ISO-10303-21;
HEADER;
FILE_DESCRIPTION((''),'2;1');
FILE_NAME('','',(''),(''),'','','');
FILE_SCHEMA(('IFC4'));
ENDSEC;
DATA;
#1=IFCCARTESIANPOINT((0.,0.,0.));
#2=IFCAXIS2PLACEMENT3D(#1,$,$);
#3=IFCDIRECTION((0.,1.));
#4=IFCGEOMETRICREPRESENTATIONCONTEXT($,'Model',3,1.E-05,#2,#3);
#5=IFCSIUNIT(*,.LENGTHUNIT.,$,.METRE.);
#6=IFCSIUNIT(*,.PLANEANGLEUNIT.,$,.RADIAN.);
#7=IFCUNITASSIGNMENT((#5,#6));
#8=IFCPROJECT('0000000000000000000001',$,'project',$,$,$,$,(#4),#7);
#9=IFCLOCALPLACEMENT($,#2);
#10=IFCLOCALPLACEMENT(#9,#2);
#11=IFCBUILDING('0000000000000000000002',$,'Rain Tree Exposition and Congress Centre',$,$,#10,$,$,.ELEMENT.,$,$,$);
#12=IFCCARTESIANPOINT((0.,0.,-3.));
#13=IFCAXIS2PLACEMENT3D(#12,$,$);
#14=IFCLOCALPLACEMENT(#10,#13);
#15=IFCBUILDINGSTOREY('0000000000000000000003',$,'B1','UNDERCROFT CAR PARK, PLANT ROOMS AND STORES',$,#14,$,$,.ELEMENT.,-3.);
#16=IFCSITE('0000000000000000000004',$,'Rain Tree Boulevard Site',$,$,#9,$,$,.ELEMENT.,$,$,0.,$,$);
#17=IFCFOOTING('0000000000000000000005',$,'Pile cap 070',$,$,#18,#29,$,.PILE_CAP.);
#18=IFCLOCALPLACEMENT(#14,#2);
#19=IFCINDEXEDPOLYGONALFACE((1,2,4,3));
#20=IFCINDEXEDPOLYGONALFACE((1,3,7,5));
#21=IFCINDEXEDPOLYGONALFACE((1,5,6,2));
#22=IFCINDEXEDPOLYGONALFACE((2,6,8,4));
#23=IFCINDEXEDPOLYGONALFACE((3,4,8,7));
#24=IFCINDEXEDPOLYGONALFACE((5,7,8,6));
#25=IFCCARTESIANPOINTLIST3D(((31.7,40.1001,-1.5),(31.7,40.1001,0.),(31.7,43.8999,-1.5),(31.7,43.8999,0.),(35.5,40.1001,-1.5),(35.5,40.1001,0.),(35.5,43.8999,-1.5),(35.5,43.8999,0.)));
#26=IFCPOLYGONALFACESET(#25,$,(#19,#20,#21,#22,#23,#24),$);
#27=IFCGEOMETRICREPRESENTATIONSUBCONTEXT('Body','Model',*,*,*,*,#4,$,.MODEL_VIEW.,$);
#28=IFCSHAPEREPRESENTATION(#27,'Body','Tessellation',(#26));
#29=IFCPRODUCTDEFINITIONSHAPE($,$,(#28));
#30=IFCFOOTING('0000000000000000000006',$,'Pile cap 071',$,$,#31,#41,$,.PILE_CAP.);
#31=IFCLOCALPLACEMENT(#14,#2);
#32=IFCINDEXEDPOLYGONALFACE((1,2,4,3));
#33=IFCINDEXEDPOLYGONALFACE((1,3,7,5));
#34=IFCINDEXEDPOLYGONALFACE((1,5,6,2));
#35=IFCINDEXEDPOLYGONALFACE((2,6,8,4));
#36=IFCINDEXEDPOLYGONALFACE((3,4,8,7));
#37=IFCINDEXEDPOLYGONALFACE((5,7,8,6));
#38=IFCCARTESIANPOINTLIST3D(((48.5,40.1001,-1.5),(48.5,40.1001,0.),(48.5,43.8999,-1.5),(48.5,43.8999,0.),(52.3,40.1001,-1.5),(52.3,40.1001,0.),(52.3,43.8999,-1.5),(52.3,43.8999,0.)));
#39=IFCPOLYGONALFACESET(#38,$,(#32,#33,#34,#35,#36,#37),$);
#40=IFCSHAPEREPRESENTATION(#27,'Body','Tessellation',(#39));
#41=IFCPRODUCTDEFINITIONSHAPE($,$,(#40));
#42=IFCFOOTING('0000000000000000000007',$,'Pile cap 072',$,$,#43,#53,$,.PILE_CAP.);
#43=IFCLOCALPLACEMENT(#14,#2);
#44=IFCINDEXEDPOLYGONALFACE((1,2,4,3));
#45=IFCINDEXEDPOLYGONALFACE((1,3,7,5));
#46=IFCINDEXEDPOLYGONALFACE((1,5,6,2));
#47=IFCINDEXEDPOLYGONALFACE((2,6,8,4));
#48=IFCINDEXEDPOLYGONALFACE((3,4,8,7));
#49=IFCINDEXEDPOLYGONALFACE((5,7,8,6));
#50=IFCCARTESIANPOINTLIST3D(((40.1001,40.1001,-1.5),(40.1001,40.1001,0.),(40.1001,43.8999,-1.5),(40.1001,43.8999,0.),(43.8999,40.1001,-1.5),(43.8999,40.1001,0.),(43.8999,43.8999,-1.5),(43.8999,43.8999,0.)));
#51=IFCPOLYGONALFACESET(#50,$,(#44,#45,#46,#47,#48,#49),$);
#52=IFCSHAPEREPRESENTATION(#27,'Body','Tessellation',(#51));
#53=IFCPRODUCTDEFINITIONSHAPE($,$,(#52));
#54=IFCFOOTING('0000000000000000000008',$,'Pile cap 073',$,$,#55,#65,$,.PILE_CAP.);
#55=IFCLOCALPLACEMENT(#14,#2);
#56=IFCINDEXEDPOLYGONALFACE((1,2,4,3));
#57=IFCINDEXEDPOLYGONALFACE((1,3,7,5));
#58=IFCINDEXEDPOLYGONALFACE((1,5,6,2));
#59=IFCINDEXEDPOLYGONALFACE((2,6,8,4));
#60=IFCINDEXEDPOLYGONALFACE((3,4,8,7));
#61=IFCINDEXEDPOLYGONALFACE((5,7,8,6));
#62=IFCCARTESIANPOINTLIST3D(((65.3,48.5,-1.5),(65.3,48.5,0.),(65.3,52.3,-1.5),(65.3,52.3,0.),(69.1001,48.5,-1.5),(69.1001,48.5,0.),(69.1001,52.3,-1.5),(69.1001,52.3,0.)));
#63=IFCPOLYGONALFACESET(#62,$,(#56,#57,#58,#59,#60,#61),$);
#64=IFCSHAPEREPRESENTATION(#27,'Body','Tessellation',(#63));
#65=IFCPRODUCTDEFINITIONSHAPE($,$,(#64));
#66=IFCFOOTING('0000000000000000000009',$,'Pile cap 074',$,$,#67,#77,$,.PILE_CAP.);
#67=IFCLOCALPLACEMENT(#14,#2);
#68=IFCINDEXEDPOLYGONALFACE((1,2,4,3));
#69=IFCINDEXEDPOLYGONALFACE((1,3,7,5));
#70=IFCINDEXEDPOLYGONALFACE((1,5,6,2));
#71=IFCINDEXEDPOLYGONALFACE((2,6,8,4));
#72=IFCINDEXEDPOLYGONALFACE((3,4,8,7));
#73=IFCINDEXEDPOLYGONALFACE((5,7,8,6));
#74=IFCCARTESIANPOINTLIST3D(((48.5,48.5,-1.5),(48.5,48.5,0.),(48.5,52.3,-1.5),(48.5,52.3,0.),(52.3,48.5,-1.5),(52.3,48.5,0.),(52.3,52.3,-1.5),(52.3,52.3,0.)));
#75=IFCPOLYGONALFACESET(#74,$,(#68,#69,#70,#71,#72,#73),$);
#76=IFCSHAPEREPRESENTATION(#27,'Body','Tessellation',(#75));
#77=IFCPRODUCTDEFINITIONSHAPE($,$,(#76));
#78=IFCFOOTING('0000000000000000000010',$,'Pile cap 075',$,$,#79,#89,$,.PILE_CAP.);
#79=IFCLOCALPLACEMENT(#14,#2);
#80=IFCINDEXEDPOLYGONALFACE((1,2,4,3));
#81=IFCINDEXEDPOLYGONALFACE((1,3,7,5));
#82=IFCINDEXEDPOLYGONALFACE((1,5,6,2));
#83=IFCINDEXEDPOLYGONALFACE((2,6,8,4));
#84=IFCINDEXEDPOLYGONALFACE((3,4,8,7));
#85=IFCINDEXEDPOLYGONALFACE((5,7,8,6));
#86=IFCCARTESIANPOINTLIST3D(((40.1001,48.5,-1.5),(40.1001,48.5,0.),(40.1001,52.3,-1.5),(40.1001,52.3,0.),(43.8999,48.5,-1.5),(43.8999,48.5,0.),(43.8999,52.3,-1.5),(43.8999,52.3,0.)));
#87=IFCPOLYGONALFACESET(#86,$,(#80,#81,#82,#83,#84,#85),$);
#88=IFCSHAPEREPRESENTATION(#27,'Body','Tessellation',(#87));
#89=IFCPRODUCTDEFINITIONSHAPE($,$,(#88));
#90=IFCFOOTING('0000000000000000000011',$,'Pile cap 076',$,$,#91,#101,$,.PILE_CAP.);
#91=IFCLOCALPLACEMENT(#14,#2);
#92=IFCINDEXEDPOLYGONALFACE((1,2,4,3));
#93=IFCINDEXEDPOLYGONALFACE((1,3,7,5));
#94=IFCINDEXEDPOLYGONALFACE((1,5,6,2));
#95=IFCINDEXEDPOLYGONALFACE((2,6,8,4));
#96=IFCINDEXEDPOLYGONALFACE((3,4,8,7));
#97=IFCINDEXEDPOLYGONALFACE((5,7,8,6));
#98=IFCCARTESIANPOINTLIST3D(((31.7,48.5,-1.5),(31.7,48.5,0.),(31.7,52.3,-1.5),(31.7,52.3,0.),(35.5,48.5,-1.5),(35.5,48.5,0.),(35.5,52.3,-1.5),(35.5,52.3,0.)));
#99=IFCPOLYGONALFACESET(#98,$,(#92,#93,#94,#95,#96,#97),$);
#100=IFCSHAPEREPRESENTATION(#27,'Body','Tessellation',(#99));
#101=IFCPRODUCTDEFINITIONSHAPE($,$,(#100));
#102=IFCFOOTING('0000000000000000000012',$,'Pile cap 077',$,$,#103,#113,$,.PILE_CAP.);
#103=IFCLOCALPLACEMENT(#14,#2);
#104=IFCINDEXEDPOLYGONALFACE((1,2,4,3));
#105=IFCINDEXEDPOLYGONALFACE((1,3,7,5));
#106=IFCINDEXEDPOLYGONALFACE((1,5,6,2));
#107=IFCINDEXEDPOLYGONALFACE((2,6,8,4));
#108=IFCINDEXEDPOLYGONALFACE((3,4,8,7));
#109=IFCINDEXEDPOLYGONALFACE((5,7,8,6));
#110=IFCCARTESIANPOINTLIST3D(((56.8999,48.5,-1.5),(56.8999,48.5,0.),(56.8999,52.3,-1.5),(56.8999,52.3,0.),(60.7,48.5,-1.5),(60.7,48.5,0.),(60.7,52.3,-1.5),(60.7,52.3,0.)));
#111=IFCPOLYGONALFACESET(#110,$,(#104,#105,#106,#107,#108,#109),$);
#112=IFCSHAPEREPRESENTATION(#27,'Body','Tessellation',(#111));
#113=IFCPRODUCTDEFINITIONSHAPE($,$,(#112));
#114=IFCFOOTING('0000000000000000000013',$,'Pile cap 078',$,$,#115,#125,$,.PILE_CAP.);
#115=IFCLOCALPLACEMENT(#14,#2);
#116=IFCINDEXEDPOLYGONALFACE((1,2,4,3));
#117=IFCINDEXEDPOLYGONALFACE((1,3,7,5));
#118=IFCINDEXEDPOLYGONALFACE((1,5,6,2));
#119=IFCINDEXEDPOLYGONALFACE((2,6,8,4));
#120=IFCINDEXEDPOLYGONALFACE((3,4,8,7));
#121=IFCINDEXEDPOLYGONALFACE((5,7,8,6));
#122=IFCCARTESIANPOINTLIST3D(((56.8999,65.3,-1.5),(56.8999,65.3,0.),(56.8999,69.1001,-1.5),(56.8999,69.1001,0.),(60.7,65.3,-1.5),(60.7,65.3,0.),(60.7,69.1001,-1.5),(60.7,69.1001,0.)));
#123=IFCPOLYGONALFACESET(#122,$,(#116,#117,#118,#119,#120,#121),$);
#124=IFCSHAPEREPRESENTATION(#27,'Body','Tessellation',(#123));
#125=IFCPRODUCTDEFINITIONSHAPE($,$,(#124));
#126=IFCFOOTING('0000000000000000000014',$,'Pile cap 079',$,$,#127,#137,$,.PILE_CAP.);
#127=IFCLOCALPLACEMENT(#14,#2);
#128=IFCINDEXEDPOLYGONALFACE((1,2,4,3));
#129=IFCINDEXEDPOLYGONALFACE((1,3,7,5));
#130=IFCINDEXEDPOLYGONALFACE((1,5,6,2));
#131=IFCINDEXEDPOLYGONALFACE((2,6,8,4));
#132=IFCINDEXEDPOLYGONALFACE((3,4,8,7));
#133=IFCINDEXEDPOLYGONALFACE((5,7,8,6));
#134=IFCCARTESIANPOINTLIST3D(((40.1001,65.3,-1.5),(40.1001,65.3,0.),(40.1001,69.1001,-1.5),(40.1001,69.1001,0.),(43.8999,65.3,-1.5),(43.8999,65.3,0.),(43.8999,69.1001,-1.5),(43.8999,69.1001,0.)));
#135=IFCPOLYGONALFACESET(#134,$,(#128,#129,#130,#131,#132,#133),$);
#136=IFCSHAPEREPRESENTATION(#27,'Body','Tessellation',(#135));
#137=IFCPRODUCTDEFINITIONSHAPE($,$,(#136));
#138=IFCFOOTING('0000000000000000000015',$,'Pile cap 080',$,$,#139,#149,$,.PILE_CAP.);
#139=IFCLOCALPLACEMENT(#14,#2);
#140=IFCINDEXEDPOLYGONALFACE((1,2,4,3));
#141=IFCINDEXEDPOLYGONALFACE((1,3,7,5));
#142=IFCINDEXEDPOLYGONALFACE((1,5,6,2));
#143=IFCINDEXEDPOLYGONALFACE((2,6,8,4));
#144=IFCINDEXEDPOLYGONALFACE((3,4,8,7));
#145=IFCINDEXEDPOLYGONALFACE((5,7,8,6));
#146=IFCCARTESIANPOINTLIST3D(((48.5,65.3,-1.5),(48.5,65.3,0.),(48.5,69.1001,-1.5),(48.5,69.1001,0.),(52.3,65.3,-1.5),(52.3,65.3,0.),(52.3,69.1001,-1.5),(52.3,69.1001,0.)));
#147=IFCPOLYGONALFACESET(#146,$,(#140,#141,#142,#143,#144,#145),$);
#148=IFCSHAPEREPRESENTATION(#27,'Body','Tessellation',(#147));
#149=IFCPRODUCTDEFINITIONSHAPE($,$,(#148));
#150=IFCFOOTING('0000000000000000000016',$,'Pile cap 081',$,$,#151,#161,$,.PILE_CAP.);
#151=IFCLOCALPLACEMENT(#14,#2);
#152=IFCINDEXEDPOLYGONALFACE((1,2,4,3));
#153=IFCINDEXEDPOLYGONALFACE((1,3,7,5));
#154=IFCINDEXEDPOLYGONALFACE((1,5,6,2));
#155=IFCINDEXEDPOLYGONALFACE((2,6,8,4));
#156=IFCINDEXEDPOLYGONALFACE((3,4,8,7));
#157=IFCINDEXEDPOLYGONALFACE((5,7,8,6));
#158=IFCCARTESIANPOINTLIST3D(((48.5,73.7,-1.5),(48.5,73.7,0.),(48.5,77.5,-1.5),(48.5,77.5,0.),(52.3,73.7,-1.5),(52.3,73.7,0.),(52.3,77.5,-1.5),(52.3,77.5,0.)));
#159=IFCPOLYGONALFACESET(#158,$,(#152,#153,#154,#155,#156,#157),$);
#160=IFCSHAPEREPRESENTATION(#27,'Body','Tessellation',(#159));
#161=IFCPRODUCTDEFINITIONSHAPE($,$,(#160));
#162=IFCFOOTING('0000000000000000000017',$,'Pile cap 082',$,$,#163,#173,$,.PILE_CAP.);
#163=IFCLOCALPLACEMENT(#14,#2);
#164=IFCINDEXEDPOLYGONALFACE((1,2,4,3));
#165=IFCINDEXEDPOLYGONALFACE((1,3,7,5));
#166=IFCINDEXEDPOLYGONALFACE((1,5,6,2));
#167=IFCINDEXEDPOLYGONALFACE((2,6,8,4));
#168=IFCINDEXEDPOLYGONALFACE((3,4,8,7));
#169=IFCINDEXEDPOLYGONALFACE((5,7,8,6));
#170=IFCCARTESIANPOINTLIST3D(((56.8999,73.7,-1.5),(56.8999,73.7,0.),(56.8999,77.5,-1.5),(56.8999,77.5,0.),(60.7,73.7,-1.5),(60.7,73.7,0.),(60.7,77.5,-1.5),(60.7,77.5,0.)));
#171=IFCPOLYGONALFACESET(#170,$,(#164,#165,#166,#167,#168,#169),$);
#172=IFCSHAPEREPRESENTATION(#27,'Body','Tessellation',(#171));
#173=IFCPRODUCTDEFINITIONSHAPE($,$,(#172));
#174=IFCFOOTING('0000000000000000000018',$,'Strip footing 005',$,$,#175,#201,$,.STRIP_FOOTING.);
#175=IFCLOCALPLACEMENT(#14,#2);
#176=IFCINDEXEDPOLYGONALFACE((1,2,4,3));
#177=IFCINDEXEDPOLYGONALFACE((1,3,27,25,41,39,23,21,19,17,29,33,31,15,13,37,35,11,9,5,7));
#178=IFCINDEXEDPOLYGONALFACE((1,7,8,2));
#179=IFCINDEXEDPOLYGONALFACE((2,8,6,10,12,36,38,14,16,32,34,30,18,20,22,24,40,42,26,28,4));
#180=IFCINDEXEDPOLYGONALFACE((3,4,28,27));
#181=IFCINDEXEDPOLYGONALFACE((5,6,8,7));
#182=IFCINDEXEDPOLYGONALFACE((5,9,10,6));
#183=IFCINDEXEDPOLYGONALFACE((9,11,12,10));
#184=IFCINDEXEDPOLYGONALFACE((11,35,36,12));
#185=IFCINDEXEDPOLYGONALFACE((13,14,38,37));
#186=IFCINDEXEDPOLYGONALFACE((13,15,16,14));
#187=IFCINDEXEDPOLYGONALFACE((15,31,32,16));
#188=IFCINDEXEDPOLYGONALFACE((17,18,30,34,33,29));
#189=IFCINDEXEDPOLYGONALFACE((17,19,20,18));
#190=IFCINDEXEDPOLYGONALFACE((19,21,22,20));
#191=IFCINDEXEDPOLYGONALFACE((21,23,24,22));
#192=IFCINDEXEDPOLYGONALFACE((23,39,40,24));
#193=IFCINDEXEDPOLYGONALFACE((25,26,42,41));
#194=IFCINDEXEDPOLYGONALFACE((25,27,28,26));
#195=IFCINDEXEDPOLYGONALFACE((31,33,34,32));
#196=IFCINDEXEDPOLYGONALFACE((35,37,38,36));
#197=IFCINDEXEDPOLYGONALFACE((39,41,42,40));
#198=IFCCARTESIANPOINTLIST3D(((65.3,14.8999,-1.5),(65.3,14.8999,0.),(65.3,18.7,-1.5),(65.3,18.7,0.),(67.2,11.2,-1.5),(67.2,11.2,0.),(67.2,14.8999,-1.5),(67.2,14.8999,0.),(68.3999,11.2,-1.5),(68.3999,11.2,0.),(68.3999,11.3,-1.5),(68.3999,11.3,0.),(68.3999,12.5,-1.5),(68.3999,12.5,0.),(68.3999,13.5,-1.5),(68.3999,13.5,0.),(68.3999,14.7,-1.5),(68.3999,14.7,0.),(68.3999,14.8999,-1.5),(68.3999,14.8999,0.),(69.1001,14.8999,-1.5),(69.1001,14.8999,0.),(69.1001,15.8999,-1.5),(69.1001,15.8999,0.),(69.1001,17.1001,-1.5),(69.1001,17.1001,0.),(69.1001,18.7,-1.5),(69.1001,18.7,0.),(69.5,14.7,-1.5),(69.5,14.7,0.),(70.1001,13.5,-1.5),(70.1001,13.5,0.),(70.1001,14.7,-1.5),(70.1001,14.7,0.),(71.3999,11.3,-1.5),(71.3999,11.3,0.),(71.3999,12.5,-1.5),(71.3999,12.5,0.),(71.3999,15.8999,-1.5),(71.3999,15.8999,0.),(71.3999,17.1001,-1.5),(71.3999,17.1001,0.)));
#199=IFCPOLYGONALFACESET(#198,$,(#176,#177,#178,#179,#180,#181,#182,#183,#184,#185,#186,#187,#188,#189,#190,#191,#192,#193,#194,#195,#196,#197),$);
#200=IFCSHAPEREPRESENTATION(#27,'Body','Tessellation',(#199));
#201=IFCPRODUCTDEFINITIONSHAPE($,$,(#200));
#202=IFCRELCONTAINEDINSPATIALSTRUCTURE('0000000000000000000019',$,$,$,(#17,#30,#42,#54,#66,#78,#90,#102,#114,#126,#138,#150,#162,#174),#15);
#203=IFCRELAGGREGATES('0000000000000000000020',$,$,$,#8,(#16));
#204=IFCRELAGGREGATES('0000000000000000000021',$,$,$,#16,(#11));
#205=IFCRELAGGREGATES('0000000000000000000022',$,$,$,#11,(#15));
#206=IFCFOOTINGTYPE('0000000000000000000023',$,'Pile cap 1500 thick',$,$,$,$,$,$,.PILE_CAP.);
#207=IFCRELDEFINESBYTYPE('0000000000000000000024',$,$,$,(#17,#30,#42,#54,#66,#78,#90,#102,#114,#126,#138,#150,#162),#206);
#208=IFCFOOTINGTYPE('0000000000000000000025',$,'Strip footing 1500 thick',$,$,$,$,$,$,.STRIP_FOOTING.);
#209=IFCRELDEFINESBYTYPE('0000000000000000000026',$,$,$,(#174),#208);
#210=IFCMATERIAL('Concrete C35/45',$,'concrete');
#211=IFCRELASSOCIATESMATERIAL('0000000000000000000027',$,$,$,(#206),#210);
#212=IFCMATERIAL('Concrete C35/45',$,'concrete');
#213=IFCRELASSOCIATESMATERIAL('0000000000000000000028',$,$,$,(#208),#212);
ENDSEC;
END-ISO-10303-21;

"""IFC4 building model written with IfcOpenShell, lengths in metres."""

from ifc_helpers import new_model, si_unit, direction, frame, origin, place, context, subcontext, project, spatial, polyline, outline, extrude, material, type_object, element, save


model = new_model("IFC4")

# Units and contexts
model_context = context("Model", 3, precision=1e-05, world=origin(), true_north=direction((0.0, 1.0)))
body_context = subcontext(model_context, "Body", "Model", "MODEL_VIEW")
ifc_project = project(units=[si_unit("LENGTHUNIT", "METRE"), si_unit("PLANEANGLEUNIT", "RADIAN")], contexts=[model_context])

# Site, building, storey
site_placement = place(None, origin())
site = spatial("IfcSite", under=ifc_project, at=site_placement, Name="Rain Tree Boulevard Site", CompositionType="ELEMENT", RefElevation=0.0)
building_placement = place(site_placement, origin())
building = spatial("IfcBuilding", under=site, at=building_placement, Name="Rain Tree Exposition and Congress Centre", CompositionType="ELEMENT")
storey_placement = place(building_placement, frame((0.0, 0.0, -3.0)))
storey = spatial("IfcBuildingStorey", under=building, at=storey_placement, Name="B1", Description="UNDERCROFT CAR PARK, PLANT ROOMS AND STORES", CompositionType="ELEMENT", Elevation=-3.0)

# Footings
ifc_material_1 = material(Name="Concrete C35/45", Category="concrete")
footing_type_1 = type_object("IfcFootingType", Name="Pile cap 1500 thick", PredefinedType="PILE_CAP", material=ifc_material_1)
footing_1_placement = place(storey_placement, frame((0.0, 0.0, -1.5)))
element("IfcFooting", 1, at=footing_1_placement, inside=storey, type_object=footing_type_1, Name="Pile cap 070", PredefinedType="PILE_CAP", context=body_context, shape_type="SweptSolid", body=[
    extrude(outline(polyline([(35.5, 40.1001), (35.5, 43.8999), (31.7, 43.8999), (31.7, 40.1001), (35.5, 40.1001)])), origin(), (0.0, 0.0, 1.0), 1.5),
])
footing_2_placement = place(storey_placement, frame((0.0, 0.0, -1.5)))
element("IfcFooting", 2, at=footing_2_placement, inside=storey, type_object=footing_type_1, Name="Pile cap 071", PredefinedType="PILE_CAP", context=body_context, shape_type="SweptSolid", body=[
    extrude(outline(polyline([(52.3, 40.1001), (52.3, 43.8999), (48.5, 43.8999), (48.5, 40.1001), (52.3, 40.1001)])), origin(), (0.0, 0.0, 1.0), 1.5),
])
footing_3_placement = place(storey_placement, frame((0.0, 0.0, -1.5)))
element("IfcFooting", 3, at=footing_3_placement, inside=storey, type_object=footing_type_1, Name="Pile cap 072", PredefinedType="PILE_CAP", context=body_context, shape_type="SweptSolid", body=[
    extrude(outline(polyline([(43.8999, 40.1001), (43.8999, 43.8999), (40.1001, 43.8999), (40.1001, 40.1001), (43.8999, 40.1001)])), origin(), (0.0, 0.0, 1.0), 1.5),
])
footing_4_placement = place(storey_placement, frame((0.0, 0.0, -1.5)))
element("IfcFooting", 4, at=footing_4_placement, inside=storey, type_object=footing_type_1, Name="Pile cap 073", PredefinedType="PILE_CAP", context=body_context, shape_type="SweptSolid", body=[
    extrude(outline(polyline([(69.1001, 48.5), (69.1001, 52.3), (65.3, 52.3), (65.3, 48.5), (69.1001, 48.5)])), origin(), (0.0, 0.0, 1.0), 1.5),
])
footing_5_placement = place(storey_placement, frame((0.0, 0.0, -1.5)))
element("IfcFooting", 5, at=footing_5_placement, inside=storey, type_object=footing_type_1, Name="Pile cap 074", PredefinedType="PILE_CAP", context=body_context, shape_type="SweptSolid", body=[
    extrude(outline(polyline([(52.3, 48.5), (52.3, 52.3), (48.5, 52.3), (48.5, 48.5), (52.3, 48.5)])), origin(), (0.0, 0.0, 1.0), 1.5),
])
footing_6_placement = place(storey_placement, frame((0.0, 0.0, -1.5)))
element("IfcFooting", 6, at=footing_6_placement, inside=storey, type_object=footing_type_1, Name="Pile cap 075", PredefinedType="PILE_CAP", context=body_context, shape_type="SweptSolid", body=[
    extrude(outline(polyline([(43.8999, 48.5), (43.8999, 52.3), (40.1001, 52.3), (40.1001, 48.5), (43.8999, 48.5)])), origin(), (0.0, 0.0, 1.0), 1.5),
])
footing_7_placement = place(storey_placement, frame((0.0, 0.0, -1.5)))
element("IfcFooting", 7, at=footing_7_placement, inside=storey, type_object=footing_type_1, Name="Pile cap 076", PredefinedType="PILE_CAP", context=body_context, shape_type="SweptSolid", body=[
    extrude(outline(polyline([(35.5, 48.5), (35.5, 52.3), (31.7, 52.3), (31.7, 48.5), (35.5, 48.5)])), origin(), (0.0, 0.0, 1.0), 1.5),
])
footing_8_placement = place(storey_placement, frame((0.0, 0.0, -1.5)))
element("IfcFooting", 8, at=footing_8_placement, inside=storey, type_object=footing_type_1, Name="Pile cap 077", PredefinedType="PILE_CAP", context=body_context, shape_type="SweptSolid", body=[
    extrude(outline(polyline([(60.7, 48.5), (60.7, 52.3), (56.8999, 52.3), (56.8999, 48.5), (60.7, 48.5)])), origin(), (0.0, 0.0, 1.0), 1.5),
])
footing_9_placement = place(storey_placement, frame((0.0, 0.0, -1.5)))
element("IfcFooting", 9, at=footing_9_placement, inside=storey, type_object=footing_type_1, Name="Pile cap 078", PredefinedType="PILE_CAP", context=body_context, shape_type="SweptSolid", body=[
    extrude(outline(polyline([(60.7, 65.3), (60.7, 69.1001), (56.8999, 69.1001), (56.8999, 65.3), (60.7, 65.3)])), origin(), (0.0, 0.0, 1.0), 1.5),
])
footing_10_placement = place(storey_placement, frame((0.0, 0.0, -1.5)))
element("IfcFooting", 10, at=footing_10_placement, inside=storey, type_object=footing_type_1, Name="Pile cap 079", PredefinedType="PILE_CAP", context=body_context, shape_type="SweptSolid", body=[
    extrude(outline(polyline([(43.8999, 65.3), (43.8999, 69.1001), (40.1001, 69.1001), (40.1001, 65.3), (43.8999, 65.3)])), origin(), (0.0, 0.0, 1.0), 1.5),
])
footing_11_placement = place(storey_placement, frame((0.0, 0.0, -1.5)))
element("IfcFooting", 11, at=footing_11_placement, inside=storey, type_object=footing_type_1, Name="Pile cap 080", PredefinedType="PILE_CAP", context=body_context, shape_type="SweptSolid", body=[
    extrude(outline(polyline([(52.3, 65.3), (52.3, 69.1001), (48.5, 69.1001), (48.5, 65.3), (52.3, 65.3)])), origin(), (0.0, 0.0, 1.0), 1.5),
])
footing_12_placement = place(storey_placement, frame((0.0, 0.0, -1.5)))
element("IfcFooting", 12, at=footing_12_placement, inside=storey, type_object=footing_type_1, Name="Pile cap 081", PredefinedType="PILE_CAP", context=body_context, shape_type="SweptSolid", body=[
    extrude(outline(polyline([(52.3, 73.7), (52.3, 77.5), (48.5, 77.5), (48.5, 73.7), (52.3, 73.7)])), origin(), (0.0, 0.0, 1.0), 1.5),
])
footing_13_placement = place(storey_placement, frame((0.0, 0.0, -1.5)))
element("IfcFooting", 13, at=footing_13_placement, inside=storey, type_object=footing_type_1, Name="Pile cap 082", PredefinedType="PILE_CAP", context=body_context, shape_type="SweptSolid", body=[
    extrude(outline(polyline([(60.7, 73.7), (60.7, 77.5), (56.8999, 77.5), (56.8999, 73.7), (60.7, 73.7)])), origin(), (0.0, 0.0, 1.0), 1.5),
])
ifc_material_2 = material(Name="Concrete C35/45", Category="concrete")
footing_type_2 = type_object("IfcFootingType", Name="Strip footing 1500 thick", PredefinedType="STRIP_FOOTING", material=ifc_material_2)
footing_14_placement = place(storey_placement, frame((0.0, 0.0, -1.5)))
element("IfcFooting", 14, at=footing_14_placement, inside=storey, type_object=footing_type_2, Name="Strip footing 005", PredefinedType="STRIP_FOOTING", context=body_context, shape_type="SweptSolid", body=[
    extrude(outline(polyline([(68.3999, 11.2), (68.3999, 11.3), (71.3999, 11.3), (71.3999, 12.5), (68.3999, 12.5), (68.3999, 13.5), (70.1001, 13.5), (70.1001, 14.7), (69.5, 14.7), (68.3999, 14.7), (68.3999, 14.8999), (69.1001, 14.8999), (69.1001, 15.8999), (71.3999, 15.8999), (71.3999, 17.1001), (69.1001, 17.1001), (69.1001, 18.7), (65.3, 18.7), (65.3, 14.8999), (67.2, 14.8999), (67.2, 11.2), (68.3999, 11.2)])), origin(), (0.0, 0.0, 1.0), 1.5),
])

save(model, "model.ifc")
